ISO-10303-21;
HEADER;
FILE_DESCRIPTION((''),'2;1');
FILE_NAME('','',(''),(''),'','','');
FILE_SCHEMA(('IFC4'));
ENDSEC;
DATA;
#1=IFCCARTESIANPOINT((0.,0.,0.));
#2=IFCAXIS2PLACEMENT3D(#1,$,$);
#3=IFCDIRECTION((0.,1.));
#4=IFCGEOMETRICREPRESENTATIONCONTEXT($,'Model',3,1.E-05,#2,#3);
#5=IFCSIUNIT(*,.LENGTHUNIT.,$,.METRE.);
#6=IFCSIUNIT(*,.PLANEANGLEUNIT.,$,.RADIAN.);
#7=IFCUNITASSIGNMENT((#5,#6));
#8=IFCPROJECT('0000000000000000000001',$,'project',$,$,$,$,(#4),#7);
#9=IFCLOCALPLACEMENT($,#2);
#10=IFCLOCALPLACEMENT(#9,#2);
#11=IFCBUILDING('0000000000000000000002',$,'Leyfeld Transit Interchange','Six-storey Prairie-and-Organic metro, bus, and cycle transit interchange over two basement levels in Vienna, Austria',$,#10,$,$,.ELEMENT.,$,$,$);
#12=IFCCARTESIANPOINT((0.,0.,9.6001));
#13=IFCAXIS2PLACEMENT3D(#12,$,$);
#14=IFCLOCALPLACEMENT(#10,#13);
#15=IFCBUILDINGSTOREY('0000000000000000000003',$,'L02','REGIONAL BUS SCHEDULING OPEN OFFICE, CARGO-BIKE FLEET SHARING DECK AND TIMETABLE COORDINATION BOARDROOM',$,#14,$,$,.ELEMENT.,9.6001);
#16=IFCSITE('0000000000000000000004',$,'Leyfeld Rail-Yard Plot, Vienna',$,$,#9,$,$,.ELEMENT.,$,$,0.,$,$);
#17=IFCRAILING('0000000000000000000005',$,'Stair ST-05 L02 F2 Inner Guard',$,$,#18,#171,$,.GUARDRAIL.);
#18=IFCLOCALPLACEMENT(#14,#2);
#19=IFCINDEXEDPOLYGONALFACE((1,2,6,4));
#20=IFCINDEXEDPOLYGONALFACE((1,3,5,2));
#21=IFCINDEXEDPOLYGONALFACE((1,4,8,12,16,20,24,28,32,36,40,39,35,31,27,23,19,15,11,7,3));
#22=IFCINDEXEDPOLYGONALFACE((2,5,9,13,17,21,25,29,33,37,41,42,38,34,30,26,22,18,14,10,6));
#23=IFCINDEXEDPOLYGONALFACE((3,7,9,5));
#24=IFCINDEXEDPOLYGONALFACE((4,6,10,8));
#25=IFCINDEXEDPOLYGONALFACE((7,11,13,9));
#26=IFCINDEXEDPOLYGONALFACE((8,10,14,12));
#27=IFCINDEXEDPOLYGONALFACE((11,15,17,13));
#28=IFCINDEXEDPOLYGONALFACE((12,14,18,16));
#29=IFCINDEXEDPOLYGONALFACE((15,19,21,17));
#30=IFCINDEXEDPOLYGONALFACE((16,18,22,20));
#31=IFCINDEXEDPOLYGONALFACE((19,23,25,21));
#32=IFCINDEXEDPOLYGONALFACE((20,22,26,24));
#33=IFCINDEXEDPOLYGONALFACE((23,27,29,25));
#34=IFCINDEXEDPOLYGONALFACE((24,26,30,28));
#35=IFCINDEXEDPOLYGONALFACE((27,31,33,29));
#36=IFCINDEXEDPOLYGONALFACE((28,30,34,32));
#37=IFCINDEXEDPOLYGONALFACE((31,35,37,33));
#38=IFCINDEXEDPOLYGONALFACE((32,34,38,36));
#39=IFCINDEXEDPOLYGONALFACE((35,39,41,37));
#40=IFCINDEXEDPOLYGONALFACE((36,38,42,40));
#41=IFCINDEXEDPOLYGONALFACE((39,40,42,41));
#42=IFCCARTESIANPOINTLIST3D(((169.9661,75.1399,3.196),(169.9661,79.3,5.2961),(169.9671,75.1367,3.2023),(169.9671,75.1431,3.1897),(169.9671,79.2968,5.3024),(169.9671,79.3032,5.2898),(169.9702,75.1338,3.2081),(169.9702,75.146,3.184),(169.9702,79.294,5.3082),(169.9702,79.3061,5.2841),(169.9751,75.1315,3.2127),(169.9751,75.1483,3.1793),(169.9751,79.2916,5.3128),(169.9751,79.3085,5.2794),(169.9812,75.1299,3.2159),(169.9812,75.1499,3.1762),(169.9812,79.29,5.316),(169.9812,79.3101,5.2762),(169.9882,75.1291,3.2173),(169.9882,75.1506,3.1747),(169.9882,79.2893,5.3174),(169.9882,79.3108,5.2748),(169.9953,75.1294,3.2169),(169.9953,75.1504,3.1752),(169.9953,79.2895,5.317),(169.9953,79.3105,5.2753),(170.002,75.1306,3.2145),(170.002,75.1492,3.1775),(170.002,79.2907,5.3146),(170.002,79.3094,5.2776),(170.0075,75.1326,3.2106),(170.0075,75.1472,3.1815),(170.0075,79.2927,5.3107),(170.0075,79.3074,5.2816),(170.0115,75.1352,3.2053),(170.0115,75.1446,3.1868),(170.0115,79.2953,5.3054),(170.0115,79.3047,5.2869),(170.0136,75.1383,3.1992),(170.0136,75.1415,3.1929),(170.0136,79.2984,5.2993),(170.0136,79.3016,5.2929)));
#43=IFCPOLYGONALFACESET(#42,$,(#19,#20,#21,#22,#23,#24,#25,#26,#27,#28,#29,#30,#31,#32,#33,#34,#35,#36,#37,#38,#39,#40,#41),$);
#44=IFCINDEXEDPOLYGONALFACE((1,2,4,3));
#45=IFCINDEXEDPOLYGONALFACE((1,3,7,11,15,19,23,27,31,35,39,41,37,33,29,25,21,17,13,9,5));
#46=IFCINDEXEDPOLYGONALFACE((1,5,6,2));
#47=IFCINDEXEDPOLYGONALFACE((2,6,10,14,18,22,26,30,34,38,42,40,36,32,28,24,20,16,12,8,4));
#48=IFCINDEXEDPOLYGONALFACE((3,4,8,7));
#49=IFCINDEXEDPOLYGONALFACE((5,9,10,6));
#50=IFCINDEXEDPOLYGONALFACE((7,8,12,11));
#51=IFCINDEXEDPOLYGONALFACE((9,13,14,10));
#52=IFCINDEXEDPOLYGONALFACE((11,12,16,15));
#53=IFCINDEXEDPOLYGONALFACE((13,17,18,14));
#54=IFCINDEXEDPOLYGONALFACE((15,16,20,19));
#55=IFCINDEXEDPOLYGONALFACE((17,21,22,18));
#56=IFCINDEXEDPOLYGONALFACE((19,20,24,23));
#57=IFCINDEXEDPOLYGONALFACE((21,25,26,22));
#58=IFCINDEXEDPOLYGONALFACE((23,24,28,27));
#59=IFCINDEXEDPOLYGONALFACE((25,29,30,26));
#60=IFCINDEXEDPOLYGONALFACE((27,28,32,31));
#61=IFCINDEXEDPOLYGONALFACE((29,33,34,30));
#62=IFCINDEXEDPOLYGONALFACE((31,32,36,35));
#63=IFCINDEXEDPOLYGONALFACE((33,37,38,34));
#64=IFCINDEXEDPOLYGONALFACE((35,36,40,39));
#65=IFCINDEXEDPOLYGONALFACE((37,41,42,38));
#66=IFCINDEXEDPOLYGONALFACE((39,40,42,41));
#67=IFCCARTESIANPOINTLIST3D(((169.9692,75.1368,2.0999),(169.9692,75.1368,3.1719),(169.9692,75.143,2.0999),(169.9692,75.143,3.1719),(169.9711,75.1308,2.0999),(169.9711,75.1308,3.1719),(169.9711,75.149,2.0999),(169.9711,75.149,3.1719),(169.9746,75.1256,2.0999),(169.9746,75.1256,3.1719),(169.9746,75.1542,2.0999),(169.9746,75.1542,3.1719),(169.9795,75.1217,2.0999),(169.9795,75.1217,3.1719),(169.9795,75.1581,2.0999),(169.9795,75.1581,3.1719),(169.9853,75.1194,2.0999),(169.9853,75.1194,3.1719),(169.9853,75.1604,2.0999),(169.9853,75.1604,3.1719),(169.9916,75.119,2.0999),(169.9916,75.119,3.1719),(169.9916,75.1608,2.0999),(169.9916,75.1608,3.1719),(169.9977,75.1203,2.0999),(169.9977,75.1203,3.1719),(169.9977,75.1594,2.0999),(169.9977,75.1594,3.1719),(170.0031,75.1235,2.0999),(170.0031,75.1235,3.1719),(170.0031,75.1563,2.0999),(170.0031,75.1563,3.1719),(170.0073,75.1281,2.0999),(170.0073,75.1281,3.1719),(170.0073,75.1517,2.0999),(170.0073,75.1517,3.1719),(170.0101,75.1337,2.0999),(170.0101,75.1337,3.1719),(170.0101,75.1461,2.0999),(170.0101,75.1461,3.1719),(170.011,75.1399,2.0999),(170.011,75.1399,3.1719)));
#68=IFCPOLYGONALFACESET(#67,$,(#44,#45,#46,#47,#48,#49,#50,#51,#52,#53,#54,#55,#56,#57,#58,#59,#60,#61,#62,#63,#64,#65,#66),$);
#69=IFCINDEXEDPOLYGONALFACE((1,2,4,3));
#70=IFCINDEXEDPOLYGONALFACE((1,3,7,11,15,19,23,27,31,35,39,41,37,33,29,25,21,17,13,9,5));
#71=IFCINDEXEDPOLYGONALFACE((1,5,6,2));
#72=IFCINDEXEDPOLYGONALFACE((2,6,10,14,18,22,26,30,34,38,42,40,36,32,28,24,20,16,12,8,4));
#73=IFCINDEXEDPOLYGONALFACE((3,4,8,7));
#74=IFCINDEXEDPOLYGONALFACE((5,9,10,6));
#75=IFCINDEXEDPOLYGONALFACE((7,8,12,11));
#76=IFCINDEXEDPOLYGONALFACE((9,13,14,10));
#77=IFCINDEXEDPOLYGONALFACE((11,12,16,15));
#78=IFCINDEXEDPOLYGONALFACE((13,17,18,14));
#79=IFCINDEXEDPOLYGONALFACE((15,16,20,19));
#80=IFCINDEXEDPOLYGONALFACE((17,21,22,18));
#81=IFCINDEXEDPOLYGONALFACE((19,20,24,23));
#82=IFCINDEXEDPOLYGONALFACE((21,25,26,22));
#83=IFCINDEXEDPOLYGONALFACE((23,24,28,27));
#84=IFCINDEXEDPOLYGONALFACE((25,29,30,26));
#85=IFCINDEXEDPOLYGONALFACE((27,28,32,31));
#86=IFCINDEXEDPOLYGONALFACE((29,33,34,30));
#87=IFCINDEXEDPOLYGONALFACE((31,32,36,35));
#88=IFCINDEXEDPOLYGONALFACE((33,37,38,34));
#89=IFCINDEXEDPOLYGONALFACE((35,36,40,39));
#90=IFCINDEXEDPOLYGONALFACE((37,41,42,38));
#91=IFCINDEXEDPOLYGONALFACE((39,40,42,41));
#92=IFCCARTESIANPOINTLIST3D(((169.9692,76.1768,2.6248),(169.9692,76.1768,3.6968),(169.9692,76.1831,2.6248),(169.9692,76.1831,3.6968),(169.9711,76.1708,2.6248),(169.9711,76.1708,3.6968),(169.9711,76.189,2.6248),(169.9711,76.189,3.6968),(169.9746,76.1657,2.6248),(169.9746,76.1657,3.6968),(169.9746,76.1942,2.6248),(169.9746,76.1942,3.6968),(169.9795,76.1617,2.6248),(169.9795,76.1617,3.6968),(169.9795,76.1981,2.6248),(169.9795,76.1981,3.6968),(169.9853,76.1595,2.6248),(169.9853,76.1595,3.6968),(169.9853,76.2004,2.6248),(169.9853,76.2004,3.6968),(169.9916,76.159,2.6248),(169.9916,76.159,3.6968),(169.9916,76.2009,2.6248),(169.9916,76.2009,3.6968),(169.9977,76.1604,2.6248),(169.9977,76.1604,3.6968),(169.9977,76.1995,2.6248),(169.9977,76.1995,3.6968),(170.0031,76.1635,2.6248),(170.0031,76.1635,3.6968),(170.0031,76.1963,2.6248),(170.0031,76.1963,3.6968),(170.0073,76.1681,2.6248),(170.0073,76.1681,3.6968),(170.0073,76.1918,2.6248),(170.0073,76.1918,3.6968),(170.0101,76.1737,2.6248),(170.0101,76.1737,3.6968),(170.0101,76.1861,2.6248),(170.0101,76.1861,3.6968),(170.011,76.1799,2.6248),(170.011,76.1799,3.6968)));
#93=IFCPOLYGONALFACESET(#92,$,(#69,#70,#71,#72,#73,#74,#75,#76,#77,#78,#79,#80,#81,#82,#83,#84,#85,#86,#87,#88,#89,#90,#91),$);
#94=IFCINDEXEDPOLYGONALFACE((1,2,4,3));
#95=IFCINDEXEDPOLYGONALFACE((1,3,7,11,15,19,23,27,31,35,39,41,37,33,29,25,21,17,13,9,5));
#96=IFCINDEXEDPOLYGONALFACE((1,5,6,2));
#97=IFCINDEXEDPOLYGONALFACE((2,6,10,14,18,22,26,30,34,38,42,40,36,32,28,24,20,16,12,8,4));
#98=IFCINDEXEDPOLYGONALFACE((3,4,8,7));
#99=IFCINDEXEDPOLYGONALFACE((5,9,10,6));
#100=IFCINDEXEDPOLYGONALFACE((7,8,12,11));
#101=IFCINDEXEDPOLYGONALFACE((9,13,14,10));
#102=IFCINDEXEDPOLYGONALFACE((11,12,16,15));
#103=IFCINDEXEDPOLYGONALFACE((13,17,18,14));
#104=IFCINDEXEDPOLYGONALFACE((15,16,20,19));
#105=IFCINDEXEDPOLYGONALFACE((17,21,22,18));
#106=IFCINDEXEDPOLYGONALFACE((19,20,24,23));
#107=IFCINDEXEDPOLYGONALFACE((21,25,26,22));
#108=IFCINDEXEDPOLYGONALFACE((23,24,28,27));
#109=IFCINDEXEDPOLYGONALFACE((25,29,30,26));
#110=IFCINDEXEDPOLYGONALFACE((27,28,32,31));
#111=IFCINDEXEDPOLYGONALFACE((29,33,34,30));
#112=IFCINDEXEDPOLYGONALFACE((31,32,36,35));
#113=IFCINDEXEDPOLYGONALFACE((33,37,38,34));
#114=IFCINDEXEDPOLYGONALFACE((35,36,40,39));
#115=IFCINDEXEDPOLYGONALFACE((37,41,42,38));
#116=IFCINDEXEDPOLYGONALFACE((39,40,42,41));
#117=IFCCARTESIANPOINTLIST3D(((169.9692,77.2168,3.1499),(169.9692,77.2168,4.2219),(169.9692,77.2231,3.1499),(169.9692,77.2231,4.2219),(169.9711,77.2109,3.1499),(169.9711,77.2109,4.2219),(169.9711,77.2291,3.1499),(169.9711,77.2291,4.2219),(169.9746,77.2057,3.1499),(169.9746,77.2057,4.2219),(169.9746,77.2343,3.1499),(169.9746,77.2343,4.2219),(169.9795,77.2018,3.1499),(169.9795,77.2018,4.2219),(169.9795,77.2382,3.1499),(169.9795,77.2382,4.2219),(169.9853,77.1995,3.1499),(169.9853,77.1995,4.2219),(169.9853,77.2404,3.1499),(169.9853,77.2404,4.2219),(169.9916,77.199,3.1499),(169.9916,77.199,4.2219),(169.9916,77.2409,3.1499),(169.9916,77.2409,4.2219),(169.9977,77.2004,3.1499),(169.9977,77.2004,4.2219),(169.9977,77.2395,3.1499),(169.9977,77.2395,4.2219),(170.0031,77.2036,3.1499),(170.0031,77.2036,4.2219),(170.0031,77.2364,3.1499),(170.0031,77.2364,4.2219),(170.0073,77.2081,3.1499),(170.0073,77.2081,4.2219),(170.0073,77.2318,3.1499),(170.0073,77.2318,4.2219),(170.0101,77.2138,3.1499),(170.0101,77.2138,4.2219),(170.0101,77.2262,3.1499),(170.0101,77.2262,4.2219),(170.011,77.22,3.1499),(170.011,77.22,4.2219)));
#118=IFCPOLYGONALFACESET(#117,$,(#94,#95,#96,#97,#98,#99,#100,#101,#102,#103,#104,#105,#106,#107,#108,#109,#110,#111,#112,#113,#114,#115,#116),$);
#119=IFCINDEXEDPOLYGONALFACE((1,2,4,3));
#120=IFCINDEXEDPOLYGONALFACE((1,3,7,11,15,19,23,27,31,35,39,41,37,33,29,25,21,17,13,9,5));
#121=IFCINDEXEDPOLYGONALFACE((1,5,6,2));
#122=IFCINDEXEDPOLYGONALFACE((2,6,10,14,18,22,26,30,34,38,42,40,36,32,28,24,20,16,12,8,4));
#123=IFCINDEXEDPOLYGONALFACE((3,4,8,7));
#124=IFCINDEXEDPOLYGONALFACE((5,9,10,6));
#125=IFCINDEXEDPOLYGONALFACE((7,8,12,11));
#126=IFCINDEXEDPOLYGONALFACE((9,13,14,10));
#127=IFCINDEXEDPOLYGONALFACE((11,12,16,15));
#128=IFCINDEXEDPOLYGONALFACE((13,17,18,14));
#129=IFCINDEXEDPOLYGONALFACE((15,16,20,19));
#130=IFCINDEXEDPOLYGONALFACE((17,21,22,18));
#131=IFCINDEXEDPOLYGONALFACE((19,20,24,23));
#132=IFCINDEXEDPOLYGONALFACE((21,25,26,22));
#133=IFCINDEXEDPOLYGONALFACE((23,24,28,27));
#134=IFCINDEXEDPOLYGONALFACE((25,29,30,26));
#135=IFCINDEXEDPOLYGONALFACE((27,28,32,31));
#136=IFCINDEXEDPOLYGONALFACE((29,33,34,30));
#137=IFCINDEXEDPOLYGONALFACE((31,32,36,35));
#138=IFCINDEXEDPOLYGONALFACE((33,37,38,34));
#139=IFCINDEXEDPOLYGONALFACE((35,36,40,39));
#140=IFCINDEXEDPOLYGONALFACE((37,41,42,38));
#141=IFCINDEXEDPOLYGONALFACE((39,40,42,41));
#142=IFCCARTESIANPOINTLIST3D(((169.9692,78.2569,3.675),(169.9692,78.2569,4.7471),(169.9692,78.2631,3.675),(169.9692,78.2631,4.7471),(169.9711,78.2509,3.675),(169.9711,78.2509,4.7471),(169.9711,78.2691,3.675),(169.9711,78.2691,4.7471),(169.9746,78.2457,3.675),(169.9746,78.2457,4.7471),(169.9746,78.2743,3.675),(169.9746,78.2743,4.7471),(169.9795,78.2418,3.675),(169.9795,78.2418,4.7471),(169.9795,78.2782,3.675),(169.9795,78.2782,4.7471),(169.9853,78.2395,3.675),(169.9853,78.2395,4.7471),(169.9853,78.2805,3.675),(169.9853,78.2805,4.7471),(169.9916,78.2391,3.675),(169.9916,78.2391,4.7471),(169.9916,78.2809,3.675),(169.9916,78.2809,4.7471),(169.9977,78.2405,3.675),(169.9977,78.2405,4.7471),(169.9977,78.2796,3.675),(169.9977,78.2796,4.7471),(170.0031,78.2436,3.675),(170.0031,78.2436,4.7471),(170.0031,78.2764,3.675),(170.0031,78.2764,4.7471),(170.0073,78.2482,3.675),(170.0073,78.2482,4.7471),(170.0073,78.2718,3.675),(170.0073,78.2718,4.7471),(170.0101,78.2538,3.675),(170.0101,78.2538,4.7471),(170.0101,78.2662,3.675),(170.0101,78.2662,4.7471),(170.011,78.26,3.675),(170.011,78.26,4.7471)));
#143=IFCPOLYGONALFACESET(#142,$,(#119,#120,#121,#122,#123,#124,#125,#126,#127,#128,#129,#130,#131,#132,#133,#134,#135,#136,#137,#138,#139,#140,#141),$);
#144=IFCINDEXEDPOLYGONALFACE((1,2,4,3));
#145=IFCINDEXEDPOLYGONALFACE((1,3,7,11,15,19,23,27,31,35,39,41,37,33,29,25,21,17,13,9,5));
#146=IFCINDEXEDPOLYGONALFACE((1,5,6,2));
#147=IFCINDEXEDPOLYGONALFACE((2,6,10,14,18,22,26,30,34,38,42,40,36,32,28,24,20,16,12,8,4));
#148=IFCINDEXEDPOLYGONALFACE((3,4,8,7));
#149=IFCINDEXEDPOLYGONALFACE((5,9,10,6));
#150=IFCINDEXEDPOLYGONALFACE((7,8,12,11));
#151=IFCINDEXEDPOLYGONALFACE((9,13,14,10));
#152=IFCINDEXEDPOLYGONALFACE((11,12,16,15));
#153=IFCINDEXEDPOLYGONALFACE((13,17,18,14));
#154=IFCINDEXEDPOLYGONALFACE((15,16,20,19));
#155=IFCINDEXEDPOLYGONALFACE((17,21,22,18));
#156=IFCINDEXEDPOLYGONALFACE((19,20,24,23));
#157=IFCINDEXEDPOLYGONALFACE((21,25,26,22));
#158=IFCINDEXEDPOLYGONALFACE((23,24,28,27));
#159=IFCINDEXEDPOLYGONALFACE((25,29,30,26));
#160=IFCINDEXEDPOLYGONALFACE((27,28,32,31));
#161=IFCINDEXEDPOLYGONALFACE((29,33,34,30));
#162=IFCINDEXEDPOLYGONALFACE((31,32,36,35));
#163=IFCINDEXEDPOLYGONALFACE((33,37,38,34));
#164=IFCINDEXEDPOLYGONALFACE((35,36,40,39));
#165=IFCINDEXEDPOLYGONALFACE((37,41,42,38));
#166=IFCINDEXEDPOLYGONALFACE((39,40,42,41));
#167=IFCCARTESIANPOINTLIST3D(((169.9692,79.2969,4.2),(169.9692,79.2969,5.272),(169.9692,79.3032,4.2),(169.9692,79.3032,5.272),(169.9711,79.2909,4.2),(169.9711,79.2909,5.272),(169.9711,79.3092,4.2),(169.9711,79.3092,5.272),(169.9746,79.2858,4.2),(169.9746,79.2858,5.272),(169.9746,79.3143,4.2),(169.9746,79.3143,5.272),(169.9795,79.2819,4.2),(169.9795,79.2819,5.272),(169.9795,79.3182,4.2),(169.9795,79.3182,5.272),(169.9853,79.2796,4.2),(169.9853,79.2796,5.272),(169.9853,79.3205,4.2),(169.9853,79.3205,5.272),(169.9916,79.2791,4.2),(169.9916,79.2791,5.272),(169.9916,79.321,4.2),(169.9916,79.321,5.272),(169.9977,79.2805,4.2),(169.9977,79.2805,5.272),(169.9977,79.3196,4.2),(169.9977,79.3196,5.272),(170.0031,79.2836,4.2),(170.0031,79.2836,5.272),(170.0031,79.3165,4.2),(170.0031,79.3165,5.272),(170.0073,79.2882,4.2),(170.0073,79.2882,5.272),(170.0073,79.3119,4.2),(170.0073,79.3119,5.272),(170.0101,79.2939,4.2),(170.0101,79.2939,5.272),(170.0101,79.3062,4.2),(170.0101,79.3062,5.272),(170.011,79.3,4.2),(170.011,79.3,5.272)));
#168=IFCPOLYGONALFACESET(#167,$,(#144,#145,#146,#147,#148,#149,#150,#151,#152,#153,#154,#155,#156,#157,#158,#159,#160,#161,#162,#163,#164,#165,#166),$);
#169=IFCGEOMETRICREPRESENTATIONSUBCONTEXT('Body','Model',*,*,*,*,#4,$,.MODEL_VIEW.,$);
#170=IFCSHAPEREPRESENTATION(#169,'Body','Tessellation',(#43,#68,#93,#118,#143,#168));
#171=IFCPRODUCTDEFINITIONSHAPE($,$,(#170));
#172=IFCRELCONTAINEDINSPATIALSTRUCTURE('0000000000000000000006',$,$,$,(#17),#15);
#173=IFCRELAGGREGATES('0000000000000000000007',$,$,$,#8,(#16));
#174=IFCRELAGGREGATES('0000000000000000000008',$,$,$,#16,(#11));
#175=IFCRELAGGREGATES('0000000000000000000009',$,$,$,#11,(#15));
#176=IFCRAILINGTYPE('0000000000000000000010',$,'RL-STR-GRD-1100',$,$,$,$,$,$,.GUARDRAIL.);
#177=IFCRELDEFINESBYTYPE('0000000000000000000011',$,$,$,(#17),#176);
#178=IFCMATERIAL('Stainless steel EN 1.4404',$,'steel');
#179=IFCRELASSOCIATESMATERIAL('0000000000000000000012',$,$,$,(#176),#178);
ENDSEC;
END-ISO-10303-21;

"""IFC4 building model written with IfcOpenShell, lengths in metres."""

from ifc_helpers import new_model, si_unit, direction, frame, origin, origin_2d, place, context, subcontext, project, spatial, circle, extrude, material, type_object, element, save


model = new_model("IFC4")

# Units and contexts
model_context = context("Model", 3, precision=1e-05, world=origin(), true_north=direction((0.0, 1.0)))
body_context = subcontext(model_context, "Body", "Model", "MODEL_VIEW")
ifc_project = project(units=[si_unit("LENGTHUNIT", "METRE"), si_unit("PLANEANGLEUNIT", "RADIAN")], contexts=[model_context])

# Site, building, storey
site_placement = place(None, origin())
site = spatial("IfcSite", under=ifc_project, at=site_placement, Name="Leyfeld Rail-Yard Plot, Vienna", CompositionType="ELEMENT", RefElevation=0.0)
building_placement = place(site_placement, origin())
building = spatial("IfcBuilding", under=site, at=building_placement, Name="Leyfeld Transit Interchange", Description="Six-storey Prairie-and-Organic metro, bus, and cycle transit interchange over two basement levels in Vienna, Austria", CompositionType="ELEMENT")
storey_placement = place(building_placement, frame((0.0, 0.0, 9.6001)))
storey = spatial("IfcBuildingStorey", under=building, at=storey_placement, Name="L02", Description="REGIONAL BUS SCHEDULING OPEN OFFICE, CARGO-BIKE FLEET SHARING DECK AND TIMETABLE COORDINATION BOARDROOM", CompositionType="ELEMENT", Elevation=9.6001)

# Railing
ifc_material_1 = material(Name="Stainless steel EN 1.4404", Category="steel")
railing_type_1 = type_object("IfcRailingType", Name="RL-STR-GRD-1100", PredefinedType="GUARDRAIL", material=ifc_material_1)
for number, where, name in (
    (1, (169.99, 75.1399, 2.0999), "Stair ST-05 L02 F2 Inner Guard"),
):
    element("IfcRailing", number, at=place(storey_placement, frame(where)), inside=storey, type_object=railing_type_1, Name=name, PredefinedType="GUARDRAIL", context=body_context, shape_type="SweptSolid", body=[
        extrude(circle(Radius=0.0239, at=origin_2d()), frame((0.0, 0.0, 1.0962), z_axis=(0.0, 0.892702, 0.450647), x_axis=(-1.0, 0.0, 0.0)), (0.0, 0.0, 1.0), 4.6602),
        extrude(circle(Radius=0.021, at=origin_2d()), origin(), (0.0, 0.0, 1.0), 1.072),
        extrude(circle(Radius=0.021, at=origin_2d()), frame((0.0, 1.04, 0.5249)), (0.0, 0.0, 1.0), 1.072),
        extrude(circle(Radius=0.021, at=origin_2d()), frame((0.0, 2.0801, 1.05)), (0.0, 0.0, 1.0), 1.072),
        extrude(circle(Radius=0.021, at=origin_2d()), frame((0.0, 3.1201, 1.5752)), (0.0, 0.0, 1.0), 1.072),
        extrude(circle(Radius=0.021, at=origin_2d()), frame((0.0, 4.1602, 2.1001)), (0.0, 0.0, 1.0), 1.072),
    ])

save(model, "model.ifc")
